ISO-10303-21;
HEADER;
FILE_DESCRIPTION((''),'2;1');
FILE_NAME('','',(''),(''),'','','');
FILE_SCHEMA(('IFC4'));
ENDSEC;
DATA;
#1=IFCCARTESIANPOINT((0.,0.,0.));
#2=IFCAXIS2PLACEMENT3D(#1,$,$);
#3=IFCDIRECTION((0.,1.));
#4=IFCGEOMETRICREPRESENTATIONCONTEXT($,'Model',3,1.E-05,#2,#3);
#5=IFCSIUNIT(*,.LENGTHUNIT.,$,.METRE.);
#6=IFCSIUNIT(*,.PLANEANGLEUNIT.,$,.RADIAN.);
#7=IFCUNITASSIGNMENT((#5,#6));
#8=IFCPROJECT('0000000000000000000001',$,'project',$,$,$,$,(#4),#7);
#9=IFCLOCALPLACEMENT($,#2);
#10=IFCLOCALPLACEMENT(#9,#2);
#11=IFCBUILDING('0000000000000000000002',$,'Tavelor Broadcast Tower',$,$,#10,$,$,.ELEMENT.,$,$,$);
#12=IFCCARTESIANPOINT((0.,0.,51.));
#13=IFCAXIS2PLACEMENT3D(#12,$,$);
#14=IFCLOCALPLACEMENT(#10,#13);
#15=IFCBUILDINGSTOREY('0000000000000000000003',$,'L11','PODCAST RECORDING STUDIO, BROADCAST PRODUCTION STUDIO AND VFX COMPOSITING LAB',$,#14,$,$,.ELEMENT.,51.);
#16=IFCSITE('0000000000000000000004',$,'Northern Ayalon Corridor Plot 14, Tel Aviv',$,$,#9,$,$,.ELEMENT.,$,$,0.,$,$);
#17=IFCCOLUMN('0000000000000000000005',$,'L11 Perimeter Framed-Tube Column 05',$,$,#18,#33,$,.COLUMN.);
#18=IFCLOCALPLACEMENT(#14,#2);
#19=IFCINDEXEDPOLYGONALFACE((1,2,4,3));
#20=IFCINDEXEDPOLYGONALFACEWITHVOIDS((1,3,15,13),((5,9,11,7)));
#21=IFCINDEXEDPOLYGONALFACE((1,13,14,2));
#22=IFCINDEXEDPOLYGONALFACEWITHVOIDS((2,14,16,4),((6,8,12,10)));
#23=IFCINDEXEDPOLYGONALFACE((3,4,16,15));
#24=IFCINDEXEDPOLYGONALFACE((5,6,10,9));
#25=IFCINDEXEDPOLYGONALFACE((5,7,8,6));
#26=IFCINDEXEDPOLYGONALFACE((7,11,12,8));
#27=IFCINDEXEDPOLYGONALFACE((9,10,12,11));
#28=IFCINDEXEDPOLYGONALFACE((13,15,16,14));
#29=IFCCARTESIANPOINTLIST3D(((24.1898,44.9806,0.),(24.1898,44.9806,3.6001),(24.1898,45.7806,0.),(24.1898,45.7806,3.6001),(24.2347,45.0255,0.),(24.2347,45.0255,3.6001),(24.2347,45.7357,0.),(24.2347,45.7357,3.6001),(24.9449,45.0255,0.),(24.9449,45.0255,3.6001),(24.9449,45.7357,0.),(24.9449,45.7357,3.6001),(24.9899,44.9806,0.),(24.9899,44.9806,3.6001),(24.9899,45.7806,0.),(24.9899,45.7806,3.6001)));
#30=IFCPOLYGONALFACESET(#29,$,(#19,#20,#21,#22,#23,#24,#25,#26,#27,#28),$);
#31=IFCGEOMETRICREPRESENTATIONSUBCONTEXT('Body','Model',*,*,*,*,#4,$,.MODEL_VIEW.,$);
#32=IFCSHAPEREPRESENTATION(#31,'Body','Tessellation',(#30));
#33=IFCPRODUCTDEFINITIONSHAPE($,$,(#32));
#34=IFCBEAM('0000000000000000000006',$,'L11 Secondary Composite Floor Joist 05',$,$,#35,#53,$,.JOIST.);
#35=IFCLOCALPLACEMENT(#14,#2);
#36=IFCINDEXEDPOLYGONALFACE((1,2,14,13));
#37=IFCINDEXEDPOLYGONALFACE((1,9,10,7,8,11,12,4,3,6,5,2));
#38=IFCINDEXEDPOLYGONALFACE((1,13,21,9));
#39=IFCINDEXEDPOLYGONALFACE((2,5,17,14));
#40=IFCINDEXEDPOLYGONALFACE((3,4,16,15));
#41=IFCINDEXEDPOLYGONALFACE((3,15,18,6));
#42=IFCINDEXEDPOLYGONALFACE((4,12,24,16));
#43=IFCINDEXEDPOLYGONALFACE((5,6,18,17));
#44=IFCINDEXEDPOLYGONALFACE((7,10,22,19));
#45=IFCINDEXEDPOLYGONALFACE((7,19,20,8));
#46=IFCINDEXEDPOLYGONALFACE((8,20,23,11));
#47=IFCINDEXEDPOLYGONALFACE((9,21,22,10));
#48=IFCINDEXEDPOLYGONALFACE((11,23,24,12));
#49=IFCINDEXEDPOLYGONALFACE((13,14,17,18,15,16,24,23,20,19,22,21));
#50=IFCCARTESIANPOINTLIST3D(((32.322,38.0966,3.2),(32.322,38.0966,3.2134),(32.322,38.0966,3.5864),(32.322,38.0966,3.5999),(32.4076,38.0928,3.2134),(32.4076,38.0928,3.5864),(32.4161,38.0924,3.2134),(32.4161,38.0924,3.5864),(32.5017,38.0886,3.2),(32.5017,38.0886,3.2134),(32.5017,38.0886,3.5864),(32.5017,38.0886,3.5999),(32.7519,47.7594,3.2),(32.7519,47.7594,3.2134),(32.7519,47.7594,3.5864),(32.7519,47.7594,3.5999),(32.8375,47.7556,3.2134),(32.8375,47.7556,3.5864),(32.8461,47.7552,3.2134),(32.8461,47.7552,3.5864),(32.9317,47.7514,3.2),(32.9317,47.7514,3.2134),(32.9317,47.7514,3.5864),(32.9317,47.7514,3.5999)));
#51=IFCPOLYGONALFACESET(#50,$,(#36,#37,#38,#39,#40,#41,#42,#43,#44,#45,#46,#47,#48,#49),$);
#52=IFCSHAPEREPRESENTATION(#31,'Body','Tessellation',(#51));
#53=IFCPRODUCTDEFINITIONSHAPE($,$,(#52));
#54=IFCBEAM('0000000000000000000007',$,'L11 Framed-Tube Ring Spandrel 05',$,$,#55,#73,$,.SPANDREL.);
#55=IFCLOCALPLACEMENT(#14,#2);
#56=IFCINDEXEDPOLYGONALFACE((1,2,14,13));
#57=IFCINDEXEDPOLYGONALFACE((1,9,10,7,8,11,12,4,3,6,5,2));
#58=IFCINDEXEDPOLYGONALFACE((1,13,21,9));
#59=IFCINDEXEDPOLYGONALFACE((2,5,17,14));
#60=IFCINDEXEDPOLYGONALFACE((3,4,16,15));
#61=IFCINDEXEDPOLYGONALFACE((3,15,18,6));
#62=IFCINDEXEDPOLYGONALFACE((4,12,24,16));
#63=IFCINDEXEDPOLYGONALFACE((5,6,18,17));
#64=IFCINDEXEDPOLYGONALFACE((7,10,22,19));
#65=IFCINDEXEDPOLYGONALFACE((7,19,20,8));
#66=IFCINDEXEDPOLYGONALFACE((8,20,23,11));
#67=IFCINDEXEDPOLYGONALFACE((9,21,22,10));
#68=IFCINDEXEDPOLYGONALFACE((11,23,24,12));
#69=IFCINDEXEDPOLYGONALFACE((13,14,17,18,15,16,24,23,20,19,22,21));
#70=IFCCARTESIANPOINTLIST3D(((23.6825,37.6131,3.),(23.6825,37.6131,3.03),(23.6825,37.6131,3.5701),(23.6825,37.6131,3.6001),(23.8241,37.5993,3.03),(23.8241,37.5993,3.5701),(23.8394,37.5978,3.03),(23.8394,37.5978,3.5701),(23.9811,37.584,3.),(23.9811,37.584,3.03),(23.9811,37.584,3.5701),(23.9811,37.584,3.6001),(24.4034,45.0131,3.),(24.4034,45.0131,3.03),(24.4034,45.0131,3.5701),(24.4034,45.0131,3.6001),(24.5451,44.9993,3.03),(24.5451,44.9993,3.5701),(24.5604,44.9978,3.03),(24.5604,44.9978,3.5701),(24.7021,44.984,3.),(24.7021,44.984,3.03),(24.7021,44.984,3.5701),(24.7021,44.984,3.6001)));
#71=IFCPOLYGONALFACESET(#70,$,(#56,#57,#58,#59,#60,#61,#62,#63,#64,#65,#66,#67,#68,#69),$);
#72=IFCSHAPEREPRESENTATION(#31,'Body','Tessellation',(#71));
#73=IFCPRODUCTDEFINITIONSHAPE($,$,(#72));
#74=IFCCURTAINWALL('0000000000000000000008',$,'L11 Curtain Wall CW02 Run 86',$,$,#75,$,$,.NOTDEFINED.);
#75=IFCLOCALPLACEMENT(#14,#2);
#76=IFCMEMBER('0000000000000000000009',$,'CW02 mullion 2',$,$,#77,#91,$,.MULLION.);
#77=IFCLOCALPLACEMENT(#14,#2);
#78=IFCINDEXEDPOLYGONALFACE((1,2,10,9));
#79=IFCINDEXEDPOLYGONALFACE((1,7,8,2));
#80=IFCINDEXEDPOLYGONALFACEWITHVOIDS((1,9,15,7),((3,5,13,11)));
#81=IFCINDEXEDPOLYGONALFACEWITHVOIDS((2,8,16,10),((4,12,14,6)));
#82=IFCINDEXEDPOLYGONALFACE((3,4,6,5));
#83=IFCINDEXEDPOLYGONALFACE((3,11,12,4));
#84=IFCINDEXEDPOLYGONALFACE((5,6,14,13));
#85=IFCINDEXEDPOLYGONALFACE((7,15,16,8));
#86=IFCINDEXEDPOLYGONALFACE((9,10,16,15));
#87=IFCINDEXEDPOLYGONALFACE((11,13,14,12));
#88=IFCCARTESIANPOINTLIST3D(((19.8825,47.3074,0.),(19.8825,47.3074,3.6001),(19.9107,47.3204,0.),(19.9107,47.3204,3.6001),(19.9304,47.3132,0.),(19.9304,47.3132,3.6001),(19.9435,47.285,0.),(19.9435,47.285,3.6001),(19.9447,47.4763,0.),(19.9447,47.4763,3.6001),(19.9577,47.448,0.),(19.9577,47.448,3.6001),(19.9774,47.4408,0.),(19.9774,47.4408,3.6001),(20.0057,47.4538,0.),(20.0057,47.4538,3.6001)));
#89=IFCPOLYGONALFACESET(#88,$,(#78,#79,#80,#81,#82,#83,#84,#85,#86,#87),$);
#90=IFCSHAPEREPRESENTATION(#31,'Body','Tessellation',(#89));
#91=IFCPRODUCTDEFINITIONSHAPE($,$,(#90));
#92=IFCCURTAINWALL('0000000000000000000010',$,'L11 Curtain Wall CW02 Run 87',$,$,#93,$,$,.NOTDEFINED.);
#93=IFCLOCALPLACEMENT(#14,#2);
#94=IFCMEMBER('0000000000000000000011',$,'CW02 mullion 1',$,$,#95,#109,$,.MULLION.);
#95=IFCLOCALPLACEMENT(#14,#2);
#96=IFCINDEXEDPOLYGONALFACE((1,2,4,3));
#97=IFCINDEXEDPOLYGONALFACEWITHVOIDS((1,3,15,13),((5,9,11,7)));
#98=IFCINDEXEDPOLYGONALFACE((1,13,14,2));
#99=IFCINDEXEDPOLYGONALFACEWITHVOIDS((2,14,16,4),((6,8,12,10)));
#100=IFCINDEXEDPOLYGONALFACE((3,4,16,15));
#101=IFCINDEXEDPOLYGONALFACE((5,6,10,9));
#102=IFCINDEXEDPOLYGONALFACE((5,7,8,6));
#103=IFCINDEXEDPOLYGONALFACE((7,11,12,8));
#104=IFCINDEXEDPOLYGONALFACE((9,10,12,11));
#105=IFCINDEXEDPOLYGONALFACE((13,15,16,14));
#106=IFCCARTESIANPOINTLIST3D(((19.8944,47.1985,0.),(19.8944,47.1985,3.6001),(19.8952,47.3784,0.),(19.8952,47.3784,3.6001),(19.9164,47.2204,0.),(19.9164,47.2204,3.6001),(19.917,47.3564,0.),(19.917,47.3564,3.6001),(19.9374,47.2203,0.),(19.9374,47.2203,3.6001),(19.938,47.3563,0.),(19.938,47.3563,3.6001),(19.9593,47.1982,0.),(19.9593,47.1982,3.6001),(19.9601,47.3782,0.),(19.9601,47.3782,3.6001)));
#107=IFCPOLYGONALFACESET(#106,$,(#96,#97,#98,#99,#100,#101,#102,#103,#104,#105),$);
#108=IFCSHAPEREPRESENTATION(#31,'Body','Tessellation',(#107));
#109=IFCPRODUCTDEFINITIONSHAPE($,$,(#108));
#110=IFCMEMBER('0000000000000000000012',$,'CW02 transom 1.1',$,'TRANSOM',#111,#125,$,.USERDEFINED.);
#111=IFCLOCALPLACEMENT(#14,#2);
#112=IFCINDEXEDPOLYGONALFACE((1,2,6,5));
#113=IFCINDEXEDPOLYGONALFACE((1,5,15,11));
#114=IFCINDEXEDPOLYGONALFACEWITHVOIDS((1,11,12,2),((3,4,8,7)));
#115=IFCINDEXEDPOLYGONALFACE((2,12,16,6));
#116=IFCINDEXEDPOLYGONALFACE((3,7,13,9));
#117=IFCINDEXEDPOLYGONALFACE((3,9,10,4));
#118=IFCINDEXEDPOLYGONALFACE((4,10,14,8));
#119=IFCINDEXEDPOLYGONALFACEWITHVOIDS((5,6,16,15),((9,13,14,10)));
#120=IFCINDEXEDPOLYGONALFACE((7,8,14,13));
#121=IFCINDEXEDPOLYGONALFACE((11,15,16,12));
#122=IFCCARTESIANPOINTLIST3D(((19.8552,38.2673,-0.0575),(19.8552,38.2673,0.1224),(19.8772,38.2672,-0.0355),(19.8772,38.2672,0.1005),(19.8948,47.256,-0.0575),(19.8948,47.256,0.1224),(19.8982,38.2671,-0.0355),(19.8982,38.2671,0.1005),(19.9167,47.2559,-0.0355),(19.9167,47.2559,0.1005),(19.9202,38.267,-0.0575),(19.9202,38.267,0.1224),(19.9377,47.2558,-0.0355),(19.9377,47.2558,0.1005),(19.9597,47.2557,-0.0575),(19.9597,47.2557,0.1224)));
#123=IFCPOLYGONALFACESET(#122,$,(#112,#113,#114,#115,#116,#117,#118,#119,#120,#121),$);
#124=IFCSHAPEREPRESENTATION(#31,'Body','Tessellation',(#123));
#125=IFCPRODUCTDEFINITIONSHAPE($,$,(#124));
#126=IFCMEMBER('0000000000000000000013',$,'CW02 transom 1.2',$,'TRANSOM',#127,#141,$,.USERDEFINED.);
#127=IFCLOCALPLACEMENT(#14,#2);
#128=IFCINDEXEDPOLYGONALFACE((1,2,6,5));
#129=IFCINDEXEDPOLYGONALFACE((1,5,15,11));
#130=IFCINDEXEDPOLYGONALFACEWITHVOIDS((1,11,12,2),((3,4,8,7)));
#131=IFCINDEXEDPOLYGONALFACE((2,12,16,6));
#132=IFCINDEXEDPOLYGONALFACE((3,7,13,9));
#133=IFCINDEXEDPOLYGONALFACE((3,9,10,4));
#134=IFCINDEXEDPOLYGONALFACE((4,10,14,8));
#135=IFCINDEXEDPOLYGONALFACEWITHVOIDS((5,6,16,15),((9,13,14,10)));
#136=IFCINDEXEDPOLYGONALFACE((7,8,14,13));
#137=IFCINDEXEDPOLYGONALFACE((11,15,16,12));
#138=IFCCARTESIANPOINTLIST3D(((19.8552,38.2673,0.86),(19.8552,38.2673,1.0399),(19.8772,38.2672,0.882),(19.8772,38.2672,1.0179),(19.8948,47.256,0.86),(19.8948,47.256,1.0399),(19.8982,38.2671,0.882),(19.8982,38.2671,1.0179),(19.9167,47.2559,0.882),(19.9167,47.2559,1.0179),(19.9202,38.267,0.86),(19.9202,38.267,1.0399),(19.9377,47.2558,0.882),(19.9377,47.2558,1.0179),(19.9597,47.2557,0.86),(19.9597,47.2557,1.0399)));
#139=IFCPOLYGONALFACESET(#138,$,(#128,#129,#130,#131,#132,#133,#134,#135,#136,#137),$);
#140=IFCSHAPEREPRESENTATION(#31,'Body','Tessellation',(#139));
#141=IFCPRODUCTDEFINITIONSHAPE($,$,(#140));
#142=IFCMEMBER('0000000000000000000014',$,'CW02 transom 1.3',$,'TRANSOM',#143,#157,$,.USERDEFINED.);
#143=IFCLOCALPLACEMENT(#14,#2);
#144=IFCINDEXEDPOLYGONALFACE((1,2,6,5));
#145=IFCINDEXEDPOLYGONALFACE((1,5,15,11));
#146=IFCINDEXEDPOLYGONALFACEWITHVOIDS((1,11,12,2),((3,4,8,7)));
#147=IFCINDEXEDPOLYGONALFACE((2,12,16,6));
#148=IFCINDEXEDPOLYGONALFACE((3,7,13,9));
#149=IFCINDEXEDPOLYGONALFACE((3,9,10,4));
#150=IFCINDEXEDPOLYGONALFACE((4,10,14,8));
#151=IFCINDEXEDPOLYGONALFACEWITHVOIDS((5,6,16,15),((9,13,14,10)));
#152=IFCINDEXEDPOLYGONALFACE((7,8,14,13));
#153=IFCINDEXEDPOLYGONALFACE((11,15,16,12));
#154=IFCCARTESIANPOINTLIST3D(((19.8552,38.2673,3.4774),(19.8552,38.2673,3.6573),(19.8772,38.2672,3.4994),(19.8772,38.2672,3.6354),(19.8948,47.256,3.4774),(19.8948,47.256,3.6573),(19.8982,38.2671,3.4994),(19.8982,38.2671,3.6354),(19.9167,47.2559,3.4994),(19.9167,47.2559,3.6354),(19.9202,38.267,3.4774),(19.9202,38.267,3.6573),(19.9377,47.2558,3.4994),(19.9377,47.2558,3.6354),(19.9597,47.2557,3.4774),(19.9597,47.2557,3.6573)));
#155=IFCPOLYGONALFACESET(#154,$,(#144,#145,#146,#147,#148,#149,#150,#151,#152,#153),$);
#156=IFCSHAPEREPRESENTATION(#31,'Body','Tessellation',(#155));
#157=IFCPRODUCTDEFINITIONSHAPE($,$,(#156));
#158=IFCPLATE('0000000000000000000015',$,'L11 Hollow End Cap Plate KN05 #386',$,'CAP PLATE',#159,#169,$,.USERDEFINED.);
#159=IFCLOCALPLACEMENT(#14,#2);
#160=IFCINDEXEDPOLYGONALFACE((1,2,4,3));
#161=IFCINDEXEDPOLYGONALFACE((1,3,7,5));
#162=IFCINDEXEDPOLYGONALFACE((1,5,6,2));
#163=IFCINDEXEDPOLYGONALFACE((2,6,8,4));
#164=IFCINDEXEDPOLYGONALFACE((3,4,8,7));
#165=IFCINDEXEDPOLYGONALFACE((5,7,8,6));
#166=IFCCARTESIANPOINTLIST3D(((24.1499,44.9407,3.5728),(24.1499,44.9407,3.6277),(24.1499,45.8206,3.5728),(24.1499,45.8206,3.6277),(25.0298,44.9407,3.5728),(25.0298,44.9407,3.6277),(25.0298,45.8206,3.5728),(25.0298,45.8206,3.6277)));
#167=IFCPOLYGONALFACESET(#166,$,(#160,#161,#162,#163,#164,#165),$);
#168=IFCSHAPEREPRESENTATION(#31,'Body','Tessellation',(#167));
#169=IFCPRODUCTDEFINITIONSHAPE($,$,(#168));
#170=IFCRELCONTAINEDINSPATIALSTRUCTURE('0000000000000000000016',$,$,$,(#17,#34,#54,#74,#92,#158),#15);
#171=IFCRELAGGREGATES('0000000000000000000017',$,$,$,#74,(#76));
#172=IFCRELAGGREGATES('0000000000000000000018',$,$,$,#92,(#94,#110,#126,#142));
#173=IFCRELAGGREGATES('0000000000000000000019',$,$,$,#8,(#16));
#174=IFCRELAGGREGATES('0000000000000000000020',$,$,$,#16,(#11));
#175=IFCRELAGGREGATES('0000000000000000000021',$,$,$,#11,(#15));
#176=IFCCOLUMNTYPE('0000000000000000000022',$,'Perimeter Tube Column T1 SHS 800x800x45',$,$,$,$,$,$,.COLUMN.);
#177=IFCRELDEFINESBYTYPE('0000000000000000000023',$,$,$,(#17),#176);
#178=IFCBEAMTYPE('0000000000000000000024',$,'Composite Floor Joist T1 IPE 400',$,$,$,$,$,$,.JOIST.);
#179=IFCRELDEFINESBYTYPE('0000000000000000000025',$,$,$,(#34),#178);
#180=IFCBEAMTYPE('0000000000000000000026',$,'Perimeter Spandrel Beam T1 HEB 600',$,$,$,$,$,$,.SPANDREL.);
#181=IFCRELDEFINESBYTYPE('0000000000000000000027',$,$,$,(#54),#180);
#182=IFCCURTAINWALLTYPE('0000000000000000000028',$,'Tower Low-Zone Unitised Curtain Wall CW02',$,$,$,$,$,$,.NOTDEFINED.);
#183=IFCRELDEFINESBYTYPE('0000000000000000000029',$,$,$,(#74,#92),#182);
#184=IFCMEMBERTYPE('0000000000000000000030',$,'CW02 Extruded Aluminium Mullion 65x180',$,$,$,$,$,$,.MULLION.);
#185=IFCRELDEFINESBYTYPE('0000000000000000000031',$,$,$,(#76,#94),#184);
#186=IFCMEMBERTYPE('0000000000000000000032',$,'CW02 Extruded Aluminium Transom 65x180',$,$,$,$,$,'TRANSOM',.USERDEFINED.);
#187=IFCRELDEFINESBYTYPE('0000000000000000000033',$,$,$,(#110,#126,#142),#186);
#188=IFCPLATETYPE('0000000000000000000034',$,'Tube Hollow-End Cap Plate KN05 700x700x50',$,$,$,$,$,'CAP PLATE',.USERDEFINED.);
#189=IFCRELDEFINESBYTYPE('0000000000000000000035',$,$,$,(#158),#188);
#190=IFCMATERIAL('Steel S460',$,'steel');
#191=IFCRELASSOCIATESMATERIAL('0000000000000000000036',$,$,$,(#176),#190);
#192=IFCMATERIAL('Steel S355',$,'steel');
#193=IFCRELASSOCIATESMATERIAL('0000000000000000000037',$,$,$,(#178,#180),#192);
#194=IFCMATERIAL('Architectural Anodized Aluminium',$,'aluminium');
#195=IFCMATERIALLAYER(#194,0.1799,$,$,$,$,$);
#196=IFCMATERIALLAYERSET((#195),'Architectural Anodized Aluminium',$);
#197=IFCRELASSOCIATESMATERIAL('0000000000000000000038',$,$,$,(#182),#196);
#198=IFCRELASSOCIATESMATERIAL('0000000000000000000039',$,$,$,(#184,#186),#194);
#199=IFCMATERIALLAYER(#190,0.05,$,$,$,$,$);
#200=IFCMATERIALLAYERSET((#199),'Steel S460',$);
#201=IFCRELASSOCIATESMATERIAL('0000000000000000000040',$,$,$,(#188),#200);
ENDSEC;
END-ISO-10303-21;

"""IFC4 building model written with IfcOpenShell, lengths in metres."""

from ifc_helpers import new_model, si_unit, direction, frame, origin, origin_2d, place, context, subcontext, project, spatial, rectangle, hollow_rectangle, i_section, extrude, source, transform, mapped, material, layer, layer_set, material_profile, profile_set, type_object, type_shapes, element, aggregate, save


model = new_model("IFC4")

# Units and contexts
model_context = context("Model", 3, precision=1e-05, world=origin(), true_north=direction((0.0, 1.0)))
body_context = subcontext(model_context, "Body", "Model", "MODEL_VIEW")
ifc_project = project(units=[si_unit("LENGTHUNIT", "METRE"), si_unit("PLANEANGLEUNIT", "RADIAN")], contexts=[model_context])

# Site, building, storey
site_placement = place(None, origin())
site = spatial("IfcSite", under=ifc_project, at=site_placement, Name="Northern Ayalon Corridor Plot 14, Tel Aviv", CompositionType="ELEMENT", RefElevation=0.0)
building_placement = place(site_placement, origin())
building = spatial("IfcBuilding", under=site, at=building_placement, Name="Tavelor Broadcast Tower", CompositionType="ELEMENT")
storey_placement = place(building_placement, frame((0.0, 0.0, 51.0)))
storey = spatial("IfcBuildingStorey", under=building, at=storey_placement, Name="L11", Description="PODCAST RECORDING STUDIO, BROADCAST PRODUCTION STUDIO AND VFX COMPOSITING LAB", CompositionType="ELEMENT", Elevation=51.0)

# Column
ifc_material_1 = material(Name="Steel S460", Category="steel")
ifc_material_profile_1 = material_profile(ifc_material_1, hollow_rectangle(XDim=0.8, YDim=0.8, WallThickness=0.0449, at=origin_2d()), Name="SHS 800x800x45")
ifc_profile_set_1 = profile_set([ifc_material_profile_1], Name="Steel S460")
column_type = type_object("IfcColumnType", Name="Perimeter Tube Column T1 SHS 800x800x45", PredefinedType="COLUMN", material=ifc_profile_set_1)
column_placement = place(storey_placement, frame((24.5898, 45.3806, 0.0), z_axis=(0.0, 0.0, 1.0), x_axis=(1.0, 0.0, 0.0)))
element("IfcColumn", 1, at=column_placement, inside=storey, type_object=column_type, Name="L11 Perimeter Framed-Tube Column 05", PredefinedType="COLUMN", context=body_context, shape_type="SweptSolid", body=[
    extrude(hollow_rectangle(XDim=0.8, YDim=0.8, WallThickness=0.0449, at=origin_2d()), origin(), (0.0, 0.0, 1.0), 3.6001),
])

# Beams
ifc_material_2 = material(Name="Steel S355", Category="steel")
ifc_material_profile_2 = material_profile(ifc_material_2, i_section(OverallWidth=0.1799, OverallDepth=0.3999, WebThickness=0.0085, FlangeThickness=0.0134, at=origin_2d()), Name="IPE 400")
ifc_profile_set_2 = profile_set([ifc_material_profile_2], Name="Steel S355")
beam_type_1 = type_object("IfcBeamType", Name="Composite Floor Joist T1 IPE 400", PredefinedType="JOIST", material=ifc_profile_set_2)
beam_1_placement = place(storey_placement, frame((32.8418, 47.7554, 3.3999), z_axis=(-0.044449, -0.999012, 0.0), x_axis=(0.999012, -0.044449, 0.0)))
element("IfcBeam", 2, at=beam_1_placement, inside=storey, type_object=beam_type_1, Name="L11 Secondary Composite Floor Joist 05", PredefinedType="JOIST", context=body_context, shape_type="SweptSolid", body=[
    extrude(i_section(OverallWidth=0.1799, OverallDepth=0.3999, WebThickness=0.0085, FlangeThickness=0.0134, at=origin_2d()), origin(), (0.0, 0.0, 1.0), 9.6724),
])
ifc_material_profile_3 = material_profile(ifc_material_2, i_section(OverallWidth=0.3, OverallDepth=0.6001, WebThickness=0.0154, FlangeThickness=0.03, at=origin_2d()), Name="HEB 600")
ifc_profile_set_3 = profile_set([ifc_material_profile_3], Name="Steel S355")
beam_type_2 = type_object("IfcBeamType", Name="Perimeter Spandrel Beam T1 HEB 600", PredefinedType="SPANDREL", material=ifc_profile_set_3)
beam_2_placement = place(storey_placement, frame((24.5527, 44.9985, 3.3), z_axis=(-0.096967, -0.995288, 0.0), x_axis=(0.995288, -0.096967, 0.0)))
element("IfcBeam", 3, at=beam_2_placement, inside=storey, type_object=beam_type_2, Name="L11 Framed-Tube Ring Spandrel 05", PredefinedType="SPANDREL", context=body_context, shape_type="SweptSolid", body=[
    extrude(i_section(OverallWidth=0.3, OverallDepth=0.6001, WebThickness=0.0154, FlangeThickness=0.03, at=origin_2d()), origin(), (0.0, 0.0, 1.0), 7.4351),
])

# Curtain wall, member
ifc_material_3 = material(Name="Architectural Anodized Aluminium", Category="aluminium")
ifc_layer_1 = layer(ifc_material_3, 0.1799)
ifc_layer_set_1 = layer_set([ifc_layer_1], Name="Architectural Anodized Aluminium")
curtain_wall_type = type_object("IfcCurtainWallType", Name="Tower Low-Zone Unitised Curtain Wall CW02", PredefinedType="NOTDEFINED", material=ifc_layer_set_1)
curtain_wall_1_placement = place(storey_placement, origin())
curtain_wall_1 = element("IfcCurtainWall", 4, at=curtain_wall_1_placement, inside=storey, type_object=curtain_wall_type, Name="L11 Curtain Wall CW02 Run 86", PredefinedType="NOTDEFINED")
ifc_material_profile_4 = material_profile(ifc_material_3, hollow_rectangle(XDim=0.0649, YDim=0.1799, WallThickness=0.022, at=origin_2d()), Name="RHS 65x180x22")
ifc_profile_set_4 = profile_set([ifc_material_profile_4], Name="Architectural Anodized Aluminium")
member_type_1 = type_object("IfcMemberType", Name="CW02 Extruded Aluminium Mullion 65x180", PredefinedType="MULLION", material=ifc_profile_set_4)
shared_shape_1 = source(origin(), body_context, "Body", "SweptSolid", [
    extrude(hollow_rectangle(XDim=0.0649, YDim=0.1799, WallThickness=0.022, at=origin_2d()), origin(), (0.0, 0.0, 1.0), 3.6001),
])
type_shapes(member_type_1, [shared_shape_1])
member_1_placement = place(storey_placement, frame((19.9441, 47.3806, 0.0), z_axis=(0.0, 0.0, 1.0), x_axis=(0.938346, -0.345698, 0.0)))
member_1 = element("IfcMember", 5, at=member_1_placement, type_object=member_type_1, Name="CW02 mullion 2", PredefinedType="MULLION", context=body_context, shape_type="MappedRepresentation", body=[
    mapped(shared_shape_1, transform((0.0, 0.0, 0.0), scale=1.0)),
])

# Curtain wall, members
curtain_wall_2_placement = place(storey_placement, origin())
curtain_wall_2 = element("IfcCurtainWall", 6, at=curtain_wall_2_placement, inside=storey, type_object=curtain_wall_type, Name="L11 Curtain Wall CW02 Run 87", PredefinedType="NOTDEFINED")
member_2_placement = place(storey_placement, frame((19.9272, 47.2883, 0.0), z_axis=(0.0, 0.0, 1.0), x_axis=(0.99999, -0.004408, 0.0)))
member_2 = element("IfcMember", 7, at=member_2_placement, type_object=member_type_1, Name="CW02 mullion 1", PredefinedType="MULLION", context=body_context, shape_type="MappedRepresentation", body=[
    mapped(shared_shape_1, transform((0.0, 0.0, 0.0), scale=1.0)),
])
ifc_material_profile_5 = material_profile(ifc_material_3, hollow_rectangle(XDim=0.0649, YDim=0.1799, WallThickness=0.022, at=origin_2d()), Name="RHS 65x180x22")
ifc_profile_set_5 = profile_set([ifc_material_profile_5], Name="Architectural Anodized Aluminium")
member_type_2 = type_object("IfcMemberType", Name="CW02 Extruded Aluminium Transom 65x180", ElementType="TRANSOM", PredefinedType="USERDEFINED", material=ifc_profile_set_5)
shared_shape_2 = source(origin(), body_context, "Body", "SweptSolid", [
    extrude(hollow_rectangle(XDim=0.0649, YDim=0.1799, WallThickness=0.022, at=origin_2d()), origin(), (0.0, 0.0, 1.0), 8.9888),
])
type_shapes(member_type_2, [shared_shape_2])
member_3_placement = place(storey_placement, frame((19.9272, 47.2559, 0.0325), z_axis=(-0.0044, -0.99999, 0.0), x_axis=(0.99999, -0.0044, 0.0)))
member_3 = element("IfcMember", 8, at=member_3_placement, type_object=member_type_2, Name="CW02 transom 1.1", ObjectType="TRANSOM", PredefinedType="USERDEFINED", context=body_context, shape_type="MappedRepresentation", body=[
    mapped(shared_shape_2, transform((0.0, 0.0, 0.0), scale=1.0)),
])
member_4_placement = place(storey_placement, frame((19.9272, 47.2559, 0.95), z_axis=(-0.0044, -0.99999, 0.0), x_axis=(0.99999, -0.0044, 0.0)))
member_4 = element("IfcMember", 9, at=member_4_placement, type_object=member_type_2, Name="CW02 transom 1.2", ObjectType="TRANSOM", PredefinedType="USERDEFINED", context=body_context, shape_type="MappedRepresentation", body=[
    mapped(shared_shape_2, transform((0.0, 0.0, 0.0), scale=1.0)),
])
member_5_placement = place(storey_placement, frame((19.9272, 47.2559, 3.5674), z_axis=(-0.0044, -0.99999, 0.0), x_axis=(0.99999, -0.0044, 0.0)))
member_5 = element("IfcMember", 10, at=member_5_placement, type_object=member_type_2, Name="CW02 transom 1.3", ObjectType="TRANSOM", PredefinedType="USERDEFINED", context=body_context, shape_type="MappedRepresentation", body=[
    mapped(shared_shape_2, transform((0.0, 0.0, 0.0), scale=1.0)),
])

# Plate
ifc_layer_2 = layer(ifc_material_1, 0.05)
ifc_layer_set_2 = layer_set([ifc_layer_2], Name="Steel S460")
plate_type_1 = type_object("IfcPlateType", Name="Tube Hollow-End Cap Plate KN05 700x700x50", ElementType="CAP PLATE", PredefinedType="USERDEFINED", material=ifc_layer_set_2)
shared_shape_3 = source(origin(), body_context, "Body", "SweptSolid", [
    extrude(rectangle(XDim=0.8799, YDim=0.8799, at=origin_2d()), origin(), (0.0, 0.0, 1.0), 0.0549),
])
type_shapes(plate_type_1, [shared_shape_3])
plate_1_placement = place(storey_placement, frame((24.5898, 45.3806, 3.5728), z_axis=(0.0, 0.0, 1.0), x_axis=(1.0, 0.0, 0.0)))
element("IfcPlate", 11, at=plate_1_placement, inside=storey, type_object=plate_type_1, Name="L11 Hollow End Cap Plate KN05 #386", ObjectType="CAP PLATE", PredefinedType="USERDEFINED", context=body_context, shape_type="MappedRepresentation", body=[
    mapped(shared_shape_3, transform((0.0, 0.0, 0.0), scale=1.0)),
])
aggregate(curtain_wall_1, [member_1])
aggregate(curtain_wall_2, [member_2, member_3, member_4, member_5])

save(model, "model.ifc")
